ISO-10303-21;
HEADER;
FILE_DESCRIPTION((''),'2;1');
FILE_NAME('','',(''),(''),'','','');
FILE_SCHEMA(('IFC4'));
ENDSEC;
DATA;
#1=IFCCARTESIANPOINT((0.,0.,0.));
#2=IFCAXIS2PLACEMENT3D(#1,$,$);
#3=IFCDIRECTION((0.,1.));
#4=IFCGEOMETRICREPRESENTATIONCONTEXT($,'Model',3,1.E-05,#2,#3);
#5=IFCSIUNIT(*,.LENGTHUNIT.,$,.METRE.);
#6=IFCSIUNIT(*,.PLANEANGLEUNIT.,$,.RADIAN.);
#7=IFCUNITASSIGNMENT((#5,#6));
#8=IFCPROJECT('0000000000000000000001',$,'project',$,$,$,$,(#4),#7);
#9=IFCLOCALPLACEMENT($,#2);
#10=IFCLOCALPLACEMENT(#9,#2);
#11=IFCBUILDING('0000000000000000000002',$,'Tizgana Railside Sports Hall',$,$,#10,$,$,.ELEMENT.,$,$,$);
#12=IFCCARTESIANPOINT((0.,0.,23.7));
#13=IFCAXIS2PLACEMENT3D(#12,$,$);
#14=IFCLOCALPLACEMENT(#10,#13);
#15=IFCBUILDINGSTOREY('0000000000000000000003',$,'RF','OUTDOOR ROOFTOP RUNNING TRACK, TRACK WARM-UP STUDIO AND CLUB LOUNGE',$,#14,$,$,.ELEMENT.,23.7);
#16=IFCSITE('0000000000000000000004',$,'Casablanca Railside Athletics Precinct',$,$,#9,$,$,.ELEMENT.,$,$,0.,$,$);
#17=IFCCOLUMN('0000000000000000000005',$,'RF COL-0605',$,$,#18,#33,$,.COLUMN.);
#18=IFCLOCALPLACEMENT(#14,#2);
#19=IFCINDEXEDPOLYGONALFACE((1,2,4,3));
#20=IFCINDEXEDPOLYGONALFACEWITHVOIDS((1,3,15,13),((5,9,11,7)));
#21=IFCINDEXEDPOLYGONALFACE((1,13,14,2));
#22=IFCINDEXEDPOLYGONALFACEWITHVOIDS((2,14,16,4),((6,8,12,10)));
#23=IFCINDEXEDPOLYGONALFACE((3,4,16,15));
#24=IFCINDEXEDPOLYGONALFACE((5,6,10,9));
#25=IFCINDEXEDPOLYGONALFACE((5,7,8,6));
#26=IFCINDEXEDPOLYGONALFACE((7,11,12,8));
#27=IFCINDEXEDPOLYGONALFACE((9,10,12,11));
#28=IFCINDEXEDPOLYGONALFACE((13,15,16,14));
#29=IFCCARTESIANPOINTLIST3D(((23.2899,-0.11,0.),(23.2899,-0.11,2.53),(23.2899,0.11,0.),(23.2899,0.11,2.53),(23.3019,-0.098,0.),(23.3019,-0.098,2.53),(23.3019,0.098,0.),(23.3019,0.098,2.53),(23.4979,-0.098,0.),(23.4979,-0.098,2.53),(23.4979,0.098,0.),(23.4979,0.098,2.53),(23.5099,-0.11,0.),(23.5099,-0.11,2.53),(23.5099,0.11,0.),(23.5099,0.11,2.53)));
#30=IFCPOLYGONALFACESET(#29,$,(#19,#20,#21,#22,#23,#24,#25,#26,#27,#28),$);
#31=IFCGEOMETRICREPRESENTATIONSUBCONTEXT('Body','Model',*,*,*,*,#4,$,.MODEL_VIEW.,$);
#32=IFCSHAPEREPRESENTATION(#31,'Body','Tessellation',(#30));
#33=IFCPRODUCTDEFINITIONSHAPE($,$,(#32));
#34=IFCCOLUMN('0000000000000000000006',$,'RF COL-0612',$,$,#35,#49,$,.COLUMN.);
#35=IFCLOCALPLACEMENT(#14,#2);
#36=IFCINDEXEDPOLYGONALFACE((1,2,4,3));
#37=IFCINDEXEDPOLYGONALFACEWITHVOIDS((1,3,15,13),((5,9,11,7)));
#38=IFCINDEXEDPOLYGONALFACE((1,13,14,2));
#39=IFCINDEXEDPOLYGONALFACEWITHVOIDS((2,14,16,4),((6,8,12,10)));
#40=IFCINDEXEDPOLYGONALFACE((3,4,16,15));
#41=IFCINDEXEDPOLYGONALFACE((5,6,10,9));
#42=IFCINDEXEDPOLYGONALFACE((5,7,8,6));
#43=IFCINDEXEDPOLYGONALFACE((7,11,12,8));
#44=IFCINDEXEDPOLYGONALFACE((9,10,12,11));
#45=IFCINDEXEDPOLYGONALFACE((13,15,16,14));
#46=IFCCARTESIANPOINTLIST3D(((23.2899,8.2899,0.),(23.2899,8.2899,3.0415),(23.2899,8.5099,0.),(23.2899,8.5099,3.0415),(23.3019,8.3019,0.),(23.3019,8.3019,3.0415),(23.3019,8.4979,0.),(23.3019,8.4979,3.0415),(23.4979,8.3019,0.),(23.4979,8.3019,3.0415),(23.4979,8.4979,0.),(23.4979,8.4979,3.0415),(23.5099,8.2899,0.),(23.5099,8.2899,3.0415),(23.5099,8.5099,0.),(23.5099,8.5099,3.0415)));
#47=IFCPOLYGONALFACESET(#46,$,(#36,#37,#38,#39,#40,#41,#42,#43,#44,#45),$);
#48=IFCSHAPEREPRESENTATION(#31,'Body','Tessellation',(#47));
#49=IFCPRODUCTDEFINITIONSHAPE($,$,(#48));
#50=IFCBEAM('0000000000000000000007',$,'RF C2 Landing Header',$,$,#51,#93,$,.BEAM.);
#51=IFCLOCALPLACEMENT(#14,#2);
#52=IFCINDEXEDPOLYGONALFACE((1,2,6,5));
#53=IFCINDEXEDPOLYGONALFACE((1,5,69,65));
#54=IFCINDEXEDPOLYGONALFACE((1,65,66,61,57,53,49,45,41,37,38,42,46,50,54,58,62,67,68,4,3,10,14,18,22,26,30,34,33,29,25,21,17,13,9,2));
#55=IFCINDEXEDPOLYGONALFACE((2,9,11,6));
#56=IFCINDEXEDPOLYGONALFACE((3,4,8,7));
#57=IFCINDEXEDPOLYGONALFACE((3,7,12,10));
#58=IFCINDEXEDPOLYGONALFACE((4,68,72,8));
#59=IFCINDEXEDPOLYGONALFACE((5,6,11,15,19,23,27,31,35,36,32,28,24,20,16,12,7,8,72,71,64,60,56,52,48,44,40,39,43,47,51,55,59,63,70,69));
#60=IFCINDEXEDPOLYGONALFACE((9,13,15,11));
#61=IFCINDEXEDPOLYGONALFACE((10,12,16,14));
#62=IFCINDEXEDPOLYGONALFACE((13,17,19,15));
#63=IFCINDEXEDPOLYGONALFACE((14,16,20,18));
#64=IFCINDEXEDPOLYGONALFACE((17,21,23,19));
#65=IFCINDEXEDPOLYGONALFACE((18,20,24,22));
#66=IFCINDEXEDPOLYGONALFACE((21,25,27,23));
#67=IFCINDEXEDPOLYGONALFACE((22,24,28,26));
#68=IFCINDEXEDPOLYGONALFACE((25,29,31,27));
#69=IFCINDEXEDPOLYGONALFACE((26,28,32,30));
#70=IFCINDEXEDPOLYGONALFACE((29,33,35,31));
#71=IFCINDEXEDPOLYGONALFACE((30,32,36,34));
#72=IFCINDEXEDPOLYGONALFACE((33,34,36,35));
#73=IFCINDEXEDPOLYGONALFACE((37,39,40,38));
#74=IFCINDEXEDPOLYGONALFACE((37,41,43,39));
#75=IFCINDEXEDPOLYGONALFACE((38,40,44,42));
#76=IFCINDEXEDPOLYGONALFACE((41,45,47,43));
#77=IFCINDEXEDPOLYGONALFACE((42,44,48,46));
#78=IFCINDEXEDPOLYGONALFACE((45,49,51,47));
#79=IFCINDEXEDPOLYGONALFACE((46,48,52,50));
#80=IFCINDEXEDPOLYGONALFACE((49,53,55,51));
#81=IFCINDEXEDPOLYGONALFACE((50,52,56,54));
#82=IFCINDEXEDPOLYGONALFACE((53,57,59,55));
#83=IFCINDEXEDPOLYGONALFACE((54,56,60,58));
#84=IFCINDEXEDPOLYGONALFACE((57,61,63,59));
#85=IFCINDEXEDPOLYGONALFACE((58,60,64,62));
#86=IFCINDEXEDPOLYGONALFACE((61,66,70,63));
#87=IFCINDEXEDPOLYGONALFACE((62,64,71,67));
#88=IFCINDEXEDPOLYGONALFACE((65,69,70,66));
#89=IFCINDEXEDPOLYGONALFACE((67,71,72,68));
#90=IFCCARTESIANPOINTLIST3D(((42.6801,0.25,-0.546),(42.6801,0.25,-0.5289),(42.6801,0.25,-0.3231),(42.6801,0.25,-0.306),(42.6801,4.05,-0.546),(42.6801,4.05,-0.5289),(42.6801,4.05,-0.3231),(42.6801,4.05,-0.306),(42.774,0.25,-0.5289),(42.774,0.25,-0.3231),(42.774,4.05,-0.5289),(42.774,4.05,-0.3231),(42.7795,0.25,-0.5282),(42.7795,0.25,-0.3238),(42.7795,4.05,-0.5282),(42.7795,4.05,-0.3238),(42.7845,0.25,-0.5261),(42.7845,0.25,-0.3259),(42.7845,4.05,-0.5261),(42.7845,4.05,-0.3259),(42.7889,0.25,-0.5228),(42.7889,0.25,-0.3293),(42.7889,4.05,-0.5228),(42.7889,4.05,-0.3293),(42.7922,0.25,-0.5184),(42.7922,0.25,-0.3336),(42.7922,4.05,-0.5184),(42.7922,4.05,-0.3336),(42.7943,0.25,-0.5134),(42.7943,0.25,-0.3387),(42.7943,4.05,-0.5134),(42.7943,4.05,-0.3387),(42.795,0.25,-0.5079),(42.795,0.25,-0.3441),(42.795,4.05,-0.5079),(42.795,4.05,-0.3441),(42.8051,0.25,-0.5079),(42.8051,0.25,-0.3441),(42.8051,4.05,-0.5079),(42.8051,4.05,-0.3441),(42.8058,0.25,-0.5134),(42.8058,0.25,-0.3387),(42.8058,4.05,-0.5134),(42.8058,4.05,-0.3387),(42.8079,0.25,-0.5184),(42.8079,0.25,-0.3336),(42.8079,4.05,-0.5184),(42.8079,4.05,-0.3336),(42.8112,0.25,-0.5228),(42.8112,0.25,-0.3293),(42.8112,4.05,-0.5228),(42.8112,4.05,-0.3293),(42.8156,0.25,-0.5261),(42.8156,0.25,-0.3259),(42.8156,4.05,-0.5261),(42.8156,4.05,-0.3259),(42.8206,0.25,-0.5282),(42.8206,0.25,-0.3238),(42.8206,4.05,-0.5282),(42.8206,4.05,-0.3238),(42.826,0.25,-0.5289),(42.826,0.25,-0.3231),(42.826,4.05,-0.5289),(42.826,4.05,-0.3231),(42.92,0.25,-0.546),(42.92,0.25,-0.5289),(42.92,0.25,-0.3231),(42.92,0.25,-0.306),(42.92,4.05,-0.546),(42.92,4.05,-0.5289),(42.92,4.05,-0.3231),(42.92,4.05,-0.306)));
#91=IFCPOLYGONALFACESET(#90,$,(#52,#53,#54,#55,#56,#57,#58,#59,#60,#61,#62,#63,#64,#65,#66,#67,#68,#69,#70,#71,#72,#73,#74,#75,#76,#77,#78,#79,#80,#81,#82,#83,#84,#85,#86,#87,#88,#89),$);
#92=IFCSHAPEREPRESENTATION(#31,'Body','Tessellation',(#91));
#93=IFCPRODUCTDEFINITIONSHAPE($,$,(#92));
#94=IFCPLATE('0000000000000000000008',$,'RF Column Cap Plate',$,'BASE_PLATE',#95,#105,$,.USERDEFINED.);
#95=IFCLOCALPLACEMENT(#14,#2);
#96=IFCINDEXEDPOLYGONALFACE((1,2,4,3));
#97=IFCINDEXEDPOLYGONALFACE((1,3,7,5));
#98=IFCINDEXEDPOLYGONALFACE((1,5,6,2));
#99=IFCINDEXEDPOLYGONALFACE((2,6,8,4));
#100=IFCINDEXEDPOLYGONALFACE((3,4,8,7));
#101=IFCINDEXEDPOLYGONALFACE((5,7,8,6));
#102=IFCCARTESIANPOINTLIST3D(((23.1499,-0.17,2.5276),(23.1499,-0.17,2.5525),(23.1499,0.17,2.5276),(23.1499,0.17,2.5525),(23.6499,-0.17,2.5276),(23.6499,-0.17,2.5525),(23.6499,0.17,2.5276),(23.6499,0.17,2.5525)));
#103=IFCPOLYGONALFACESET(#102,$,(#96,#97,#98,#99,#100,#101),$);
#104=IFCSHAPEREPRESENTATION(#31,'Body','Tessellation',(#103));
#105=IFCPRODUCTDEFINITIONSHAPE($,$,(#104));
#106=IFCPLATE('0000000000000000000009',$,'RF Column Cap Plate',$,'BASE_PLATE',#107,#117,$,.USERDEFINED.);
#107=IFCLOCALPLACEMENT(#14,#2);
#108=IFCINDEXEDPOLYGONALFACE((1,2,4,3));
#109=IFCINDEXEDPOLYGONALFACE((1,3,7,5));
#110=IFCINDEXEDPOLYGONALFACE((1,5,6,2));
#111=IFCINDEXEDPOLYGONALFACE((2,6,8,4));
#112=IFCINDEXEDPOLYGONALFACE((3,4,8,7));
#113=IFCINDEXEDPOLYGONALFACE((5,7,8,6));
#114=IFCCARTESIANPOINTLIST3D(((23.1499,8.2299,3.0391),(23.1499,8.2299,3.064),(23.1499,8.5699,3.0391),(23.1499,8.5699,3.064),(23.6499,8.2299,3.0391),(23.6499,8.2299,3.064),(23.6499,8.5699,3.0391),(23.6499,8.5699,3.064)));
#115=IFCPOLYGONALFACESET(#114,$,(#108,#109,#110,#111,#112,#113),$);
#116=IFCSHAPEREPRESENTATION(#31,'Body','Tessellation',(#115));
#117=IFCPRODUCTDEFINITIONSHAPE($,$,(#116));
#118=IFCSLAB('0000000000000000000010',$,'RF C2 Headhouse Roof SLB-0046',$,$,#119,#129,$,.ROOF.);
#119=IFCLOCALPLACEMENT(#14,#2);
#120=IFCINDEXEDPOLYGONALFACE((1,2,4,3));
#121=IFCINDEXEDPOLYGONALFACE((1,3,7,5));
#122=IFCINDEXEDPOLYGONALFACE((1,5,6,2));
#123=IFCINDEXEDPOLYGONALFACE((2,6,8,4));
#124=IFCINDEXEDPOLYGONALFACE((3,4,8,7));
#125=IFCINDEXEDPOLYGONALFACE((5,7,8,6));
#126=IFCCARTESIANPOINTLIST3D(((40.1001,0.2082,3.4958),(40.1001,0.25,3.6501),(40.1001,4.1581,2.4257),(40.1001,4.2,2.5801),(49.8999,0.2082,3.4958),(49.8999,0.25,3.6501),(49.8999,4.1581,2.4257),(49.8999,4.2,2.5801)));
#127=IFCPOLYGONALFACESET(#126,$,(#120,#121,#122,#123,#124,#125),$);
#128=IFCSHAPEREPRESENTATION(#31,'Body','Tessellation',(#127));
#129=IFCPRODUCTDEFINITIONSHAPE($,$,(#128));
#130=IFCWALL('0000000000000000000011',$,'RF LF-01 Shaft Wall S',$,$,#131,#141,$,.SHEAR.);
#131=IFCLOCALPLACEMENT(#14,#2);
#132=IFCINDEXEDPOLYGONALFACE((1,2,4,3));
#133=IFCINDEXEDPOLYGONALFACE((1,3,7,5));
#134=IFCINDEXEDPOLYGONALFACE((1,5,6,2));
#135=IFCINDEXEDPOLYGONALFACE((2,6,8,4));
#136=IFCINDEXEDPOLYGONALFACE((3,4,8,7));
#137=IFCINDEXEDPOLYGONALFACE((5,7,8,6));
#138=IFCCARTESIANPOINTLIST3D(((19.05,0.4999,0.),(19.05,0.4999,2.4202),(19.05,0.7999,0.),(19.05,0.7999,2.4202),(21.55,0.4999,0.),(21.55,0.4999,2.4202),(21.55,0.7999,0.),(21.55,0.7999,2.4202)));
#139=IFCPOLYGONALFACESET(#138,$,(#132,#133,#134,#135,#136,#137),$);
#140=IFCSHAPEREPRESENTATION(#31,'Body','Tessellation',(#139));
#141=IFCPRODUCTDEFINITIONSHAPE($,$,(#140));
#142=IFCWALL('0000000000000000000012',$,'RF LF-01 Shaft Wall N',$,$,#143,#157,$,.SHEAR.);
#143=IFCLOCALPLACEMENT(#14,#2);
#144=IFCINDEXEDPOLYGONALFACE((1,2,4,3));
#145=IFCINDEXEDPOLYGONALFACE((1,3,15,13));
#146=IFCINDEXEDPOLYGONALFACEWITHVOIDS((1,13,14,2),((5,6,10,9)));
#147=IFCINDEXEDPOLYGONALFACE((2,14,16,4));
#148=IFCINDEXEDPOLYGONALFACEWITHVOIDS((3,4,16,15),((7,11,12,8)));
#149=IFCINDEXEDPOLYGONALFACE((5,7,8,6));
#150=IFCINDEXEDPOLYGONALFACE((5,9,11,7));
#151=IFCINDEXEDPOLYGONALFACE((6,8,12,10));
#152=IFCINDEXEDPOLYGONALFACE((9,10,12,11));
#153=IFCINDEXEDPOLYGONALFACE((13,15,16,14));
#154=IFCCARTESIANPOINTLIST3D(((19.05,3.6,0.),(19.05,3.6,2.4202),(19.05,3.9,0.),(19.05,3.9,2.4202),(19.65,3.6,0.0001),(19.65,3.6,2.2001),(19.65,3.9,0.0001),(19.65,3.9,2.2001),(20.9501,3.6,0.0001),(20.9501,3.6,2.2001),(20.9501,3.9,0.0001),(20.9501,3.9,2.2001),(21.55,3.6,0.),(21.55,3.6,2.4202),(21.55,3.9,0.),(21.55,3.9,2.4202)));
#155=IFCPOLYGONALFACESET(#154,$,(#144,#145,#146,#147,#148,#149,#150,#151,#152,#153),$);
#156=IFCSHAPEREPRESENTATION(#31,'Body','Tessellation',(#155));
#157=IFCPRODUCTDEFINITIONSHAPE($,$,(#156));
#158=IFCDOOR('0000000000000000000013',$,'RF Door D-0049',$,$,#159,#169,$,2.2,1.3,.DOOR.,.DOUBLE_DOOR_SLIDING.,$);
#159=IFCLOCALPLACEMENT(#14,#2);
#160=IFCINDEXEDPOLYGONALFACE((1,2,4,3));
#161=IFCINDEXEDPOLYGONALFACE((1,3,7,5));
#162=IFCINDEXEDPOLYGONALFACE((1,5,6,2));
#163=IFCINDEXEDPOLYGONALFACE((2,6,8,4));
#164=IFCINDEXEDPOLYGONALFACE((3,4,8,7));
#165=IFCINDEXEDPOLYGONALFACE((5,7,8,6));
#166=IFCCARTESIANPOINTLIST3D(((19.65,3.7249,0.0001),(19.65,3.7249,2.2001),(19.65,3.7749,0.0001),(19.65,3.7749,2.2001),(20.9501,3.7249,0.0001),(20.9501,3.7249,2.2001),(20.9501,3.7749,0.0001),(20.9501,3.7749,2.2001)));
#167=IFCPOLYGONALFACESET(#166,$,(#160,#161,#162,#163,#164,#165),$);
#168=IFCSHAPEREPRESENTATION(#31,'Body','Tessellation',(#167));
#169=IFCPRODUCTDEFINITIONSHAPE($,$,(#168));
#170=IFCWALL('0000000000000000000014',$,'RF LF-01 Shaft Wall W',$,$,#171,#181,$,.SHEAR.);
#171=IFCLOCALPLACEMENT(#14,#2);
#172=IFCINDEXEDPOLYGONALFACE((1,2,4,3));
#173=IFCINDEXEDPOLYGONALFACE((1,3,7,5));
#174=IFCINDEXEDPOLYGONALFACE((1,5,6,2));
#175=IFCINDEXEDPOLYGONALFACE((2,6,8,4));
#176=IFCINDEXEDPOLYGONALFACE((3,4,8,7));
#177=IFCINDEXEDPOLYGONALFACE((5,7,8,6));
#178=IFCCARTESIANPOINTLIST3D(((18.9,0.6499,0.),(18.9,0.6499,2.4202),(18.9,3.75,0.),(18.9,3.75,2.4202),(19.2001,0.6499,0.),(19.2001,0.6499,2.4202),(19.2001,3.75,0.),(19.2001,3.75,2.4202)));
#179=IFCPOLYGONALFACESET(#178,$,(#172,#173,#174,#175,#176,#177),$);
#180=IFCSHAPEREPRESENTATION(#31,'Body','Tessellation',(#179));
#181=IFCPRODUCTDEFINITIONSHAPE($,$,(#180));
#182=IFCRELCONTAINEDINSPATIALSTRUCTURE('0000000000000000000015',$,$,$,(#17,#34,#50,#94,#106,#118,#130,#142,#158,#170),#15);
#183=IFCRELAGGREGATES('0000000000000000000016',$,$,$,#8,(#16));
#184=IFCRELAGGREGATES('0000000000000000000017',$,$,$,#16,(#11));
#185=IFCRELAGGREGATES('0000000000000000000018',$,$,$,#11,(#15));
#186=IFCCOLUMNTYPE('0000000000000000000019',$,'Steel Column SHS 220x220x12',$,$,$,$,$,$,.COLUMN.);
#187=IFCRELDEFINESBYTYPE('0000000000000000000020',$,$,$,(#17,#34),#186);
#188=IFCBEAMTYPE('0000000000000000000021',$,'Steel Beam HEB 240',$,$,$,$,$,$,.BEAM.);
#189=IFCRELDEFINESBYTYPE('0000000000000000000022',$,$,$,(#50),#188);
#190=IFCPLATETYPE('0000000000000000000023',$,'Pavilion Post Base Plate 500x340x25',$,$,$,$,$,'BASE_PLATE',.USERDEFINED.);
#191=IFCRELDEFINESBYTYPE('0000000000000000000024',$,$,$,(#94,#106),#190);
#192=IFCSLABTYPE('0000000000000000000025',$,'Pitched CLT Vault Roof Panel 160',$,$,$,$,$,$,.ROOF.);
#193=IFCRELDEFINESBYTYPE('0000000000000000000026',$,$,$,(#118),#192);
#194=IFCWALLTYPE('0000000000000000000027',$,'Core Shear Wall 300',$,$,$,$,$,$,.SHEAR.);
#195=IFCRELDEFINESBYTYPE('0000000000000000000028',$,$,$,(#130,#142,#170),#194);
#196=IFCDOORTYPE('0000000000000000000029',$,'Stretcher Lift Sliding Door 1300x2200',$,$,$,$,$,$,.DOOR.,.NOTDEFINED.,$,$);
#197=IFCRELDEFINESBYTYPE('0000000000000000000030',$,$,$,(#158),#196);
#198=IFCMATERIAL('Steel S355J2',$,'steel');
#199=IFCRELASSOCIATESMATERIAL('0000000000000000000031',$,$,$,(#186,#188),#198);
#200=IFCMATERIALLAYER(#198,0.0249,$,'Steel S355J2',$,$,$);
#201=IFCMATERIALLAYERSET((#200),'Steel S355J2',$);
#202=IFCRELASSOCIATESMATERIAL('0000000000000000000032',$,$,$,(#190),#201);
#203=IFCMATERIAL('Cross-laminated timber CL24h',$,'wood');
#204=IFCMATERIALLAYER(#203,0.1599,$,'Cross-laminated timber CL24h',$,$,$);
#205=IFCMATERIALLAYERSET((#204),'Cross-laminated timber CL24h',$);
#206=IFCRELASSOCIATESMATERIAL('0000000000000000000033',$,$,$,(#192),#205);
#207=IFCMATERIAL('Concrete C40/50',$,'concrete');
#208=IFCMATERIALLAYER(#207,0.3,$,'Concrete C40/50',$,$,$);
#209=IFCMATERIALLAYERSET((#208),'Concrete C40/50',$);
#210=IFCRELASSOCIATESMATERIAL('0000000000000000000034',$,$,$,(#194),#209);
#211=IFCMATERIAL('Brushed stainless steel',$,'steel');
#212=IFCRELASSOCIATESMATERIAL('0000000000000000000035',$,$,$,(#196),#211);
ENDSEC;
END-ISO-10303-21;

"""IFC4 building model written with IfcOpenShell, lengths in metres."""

from ifc_helpers import new_model, si_unit, direction, frame, frame_2d, origin, origin_2d, place, context, subcontext, project, spatial, polyline, rectangle, hollow_rectangle, i_section, outline, extrude, material, layer, layer_set, material_profile, profile_set, type_object, element, fill, save


model = new_model("IFC4")

# Units and contexts
model_context = context("Model", 3, precision=1e-05, world=origin(), true_north=direction((0.0, 1.0)))
body_context = subcontext(model_context, "Body", "Model", "MODEL_VIEW")
ifc_project = project(units=[si_unit("LENGTHUNIT", "METRE"), si_unit("PLANEANGLEUNIT", "RADIAN")], contexts=[model_context])

# Site, building, storey
site_placement = place(None, origin())
site = spatial("IfcSite", under=ifc_project, at=site_placement, Name="Casablanca Railside Athletics Precinct", CompositionType="ELEMENT", RefElevation=0.0)
building_placement = place(site_placement, origin())
building = spatial("IfcBuilding", under=site, at=building_placement, Name="Tizgana Railside Sports Hall", CompositionType="ELEMENT")
storey_placement = place(building_placement, frame((0.0, 0.0, 23.7)))
storey = spatial("IfcBuildingStorey", under=building, at=storey_placement, Name="RF", Description="OUTDOOR ROOFTOP RUNNING TRACK, TRACK WARM-UP STUDIO AND CLUB LOUNGE", CompositionType="ELEMENT", Elevation=23.7)

# Columns
ifc_material_1 = material(Name="Steel S355J2", Category="steel")
ifc_material_profile_1 = material_profile(ifc_material_1, hollow_rectangle(XDim=0.22, YDim=0.22, WallThickness=0.012, at=origin_2d()), Name="SHS 220x220x12")
ifc_profile_set_1 = profile_set([ifc_material_profile_1], Name="Steel S355J2")
column_type = type_object("IfcColumnType", Name="Steel Column SHS 220x220x12", PredefinedType="COLUMN", material=ifc_profile_set_1)
column_1_placement = place(storey_placement, frame((23.3999, 0.0, 0.0), z_axis=(0.0, 0.0, 1.0), x_axis=(1.0, 0.0, 0.0)))
element("IfcColumn", 1, at=column_1_placement, inside=storey, type_object=column_type, Name="RF COL-0605", PredefinedType="COLUMN", context=body_context, shape_type="SweptSolid", body=[
    extrude(hollow_rectangle(XDim=0.22, YDim=0.22, WallThickness=0.012, at=origin_2d()), origin(), (0.0, 0.0, 1.0), 2.53),
])
column_2_placement = place(storey_placement, frame((23.3999, 8.3999, 0.0), z_axis=(0.0, 0.0, 1.0), x_axis=(1.0, 0.0, 0.0)))
element("IfcColumn", 2, at=column_2_placement, inside=storey, type_object=column_type, Name="RF COL-0612", PredefinedType="COLUMN", context=body_context, shape_type="SweptSolid", body=[
    extrude(hollow_rectangle(XDim=0.22, YDim=0.22, WallThickness=0.012, at=origin_2d()), origin(), (0.0, 0.0, 1.0), 3.0415),
])

# Beam
ifc_material_profile_2 = material_profile(ifc_material_1, i_section(OverallWidth=0.24, OverallDepth=0.24, WebThickness=0.01, FlangeThickness=0.0171, FilletRadius=0.021, at=origin_2d()), Name="HEB 240")
ifc_profile_set_2 = profile_set([ifc_material_profile_2], Name="Steel S355J2")
beam_type = type_object("IfcBeamType", Name="Steel Beam HEB 240", PredefinedType="BEAM", material=ifc_profile_set_2)
beam_placement = place(storey_placement, frame((42.8, 0.25, -0.426), z_axis=(0.0, 1.0, 0.0), x_axis=(-1.0, 0.0, 0.0)))
element("IfcBeam", 3, at=beam_placement, inside=storey, type_object=beam_type, Name="RF C2 Landing Header", PredefinedType="BEAM", context=body_context, shape_type="SweptSolid", body=[
    extrude(i_section(OverallWidth=0.24, OverallDepth=0.24, WebThickness=0.01, FlangeThickness=0.0171, FilletRadius=0.021, at=origin_2d()), origin(), (0.0, 0.0, 1.0), 3.8),
])

# Plates
ifc_layer_1 = layer(ifc_material_1, 0.0249, Name="Steel S355J2")
ifc_layer_set_1 = layer_set([ifc_layer_1], Name="Steel S355J2")
plate_type = type_object("IfcPlateType", Name="Pavilion Post Base Plate 500x340x25", ElementType="BASE_PLATE", PredefinedType="USERDEFINED", material=ifc_layer_set_1)
for number, where, z_axis, x_axis, name in (
    (4, (23.3999, 0.0, 2.5276), (0.0, 0.0, 1.0), (1.0, 0.0, 0.0), "RF Column Cap Plate"),
    (5, (23.3999, 8.3999, 3.0391), (0.0, 0.0, 1.0), (1.0, 0.0, 0.0), "RF Column Cap Plate"),
):
    element("IfcPlate", number, at=place(storey_placement, frame(where, z_axis=z_axis, x_axis=x_axis)), inside=storey, type_object=plate_type, Name=name, ObjectType="BASE_PLATE", PredefinedType="USERDEFINED", context=body_context, shape_type="SweptSolid", body=[
        extrude(rectangle(XDim=0.5, YDim=0.3401, at=origin_2d()), origin(), (0.0, 0.0, 1.0), 0.0249),
    ])

# Slab
ifc_material_2 = material(Name="Cross-laminated timber CL24h", Category="wood")
ifc_layer_2 = layer(ifc_material_2, 0.1599, Name="Cross-laminated timber CL24h")
ifc_layer_set_2 = layer_set([ifc_layer_2], Name="Cross-laminated timber CL24h")
slab_type = type_object("IfcSlabType", Name="Pitched CLT Vault Roof Panel 160", PredefinedType="ROOF", material=ifc_layer_set_2)
slab_placement = place(storey_placement, frame((40.1001, 0.25, 3.6501), z_axis=(0.0, 0.261481, 0.965208), x_axis=(1.0, 0.0, 0.0)))
element("IfcSlab", 6, at=slab_placement, inside=storey, type_object=slab_type, Name="RF C2 Headhouse Roof SLB-0046", PredefinedType="ROOF", context=body_context, shape_type="SweptSolid", body=[
    extrude(outline(polyline([(0.0, 0.0), (9.7998, 0.0), (9.7998, 4.0923), (0.0, 4.0923), (0.0, 0.0)])), origin(), (0.0, 0.0, -1.0), 0.1599),
])

# Wall
ifc_material_3 = material(Name="Concrete C40/50", Category="concrete")
ifc_layer_3 = layer(ifc_material_3, 0.3, Name="Concrete C40/50")
ifc_layer_set_3 = layer_set([ifc_layer_3], Name="Concrete C40/50")
wall_type_1 = type_object("IfcWallType", Name="Core Shear Wall 300", PredefinedType="SHEAR", material=ifc_layer_set_3)
wall_1_placement = place(storey_placement, frame((19.05, 0.6499, 0.0), z_axis=(0.0, 0.0, 1.0), x_axis=(1.0, 0.0, 0.0)))
element("IfcWall", 7, at=wall_1_placement, inside=storey, type_object=wall_type_1, Name="RF LF-01 Shaft Wall S", PredefinedType="SHEAR", context=body_context, shape_type="SweptSolid", body=[
    extrude(rectangle(XDim=2.5, YDim=0.3, at=frame_2d((1.25, 0.0))), origin(), (0.0, 0.0, 1.0), 2.4202),
])

# Wall, opening, door
wall_2_placement = place(storey_placement, frame((19.05, 3.75, 0.0), z_axis=(0.0, 0.0, 1.0), x_axis=(1.0, 0.0, 0.0)))
wall_2 = element("IfcWall", 8, at=wall_2_placement, inside=storey, type_object=wall_type_1, Name="RF LF-01 Shaft Wall N", PredefinedType="SHEAR", context=body_context, shape_type="SweptSolid", body=[
    extrude(rectangle(XDim=2.5, YDim=0.3, at=frame_2d((1.25, 0.0))), origin(), (0.0, 0.0, 1.0), 2.4202),
])
opening_1_placement = place(wall_2_placement, frame((0.6001, 0.0, 0.0)))
opening_1 = element("IfcOpeningElement", 9, at=opening_1_placement, cuts=wall_2, PredefinedType="OPENING", context=body_context, shape_type="SweptSolid", body=[
    extrude(rectangle(XDim=1.3, YDim=2.2, at=frame_2d((0.6499, 1.1001))), frame((0.0, 0.1599, 0.0), z_axis=(0.0, -1.0, 0.0), x_axis=(1.0, 0.0, 0.0)), (0.0, 0.0, 1.0), 0.3201),
])
ifc_material_4 = material(Name="Brushed stainless steel", Category="steel")
door_type_1 = type_object("IfcDoorType", Name="Stretcher Lift Sliding Door 1300x2200", OperationType="NOTDEFINED", PredefinedType="DOOR", material=ifc_material_4)
door_1_placement = place(opening_1_placement, origin())
door_1 = element("IfcDoor", 10, at=door_1_placement, inside=storey, type_object=door_type_1, Name="RF Door D-0049", OperationType="DOUBLE_DOOR_SLIDING", OverallHeight=2.2, OverallWidth=1.3, PredefinedType="DOOR", context=body_context, shape_type="SweptSolid", body=[
    extrude(rectangle(XDim=1.3, YDim=2.2, at=frame_2d((0.6499, 1.1001))), frame((0.0, 0.0249, 0.0), z_axis=(0.0, -1.0, 0.0), x_axis=(1.0, 0.0, 0.0)), (0.0, 0.0, 1.0), 0.05),
])
fill(opening_1, door_1)

# Wall
for number, where, z_axis, x_axis, name in (
    (11, (19.05, 0.6499, 0.0), (0.0, 0.0, 1.0), (0.0, 1.0, 0.0), "RF LF-01 Shaft Wall W"),
):
    element("IfcWall", number, at=place(storey_placement, frame(where, z_axis=z_axis, x_axis=x_axis)), inside=storey, type_object=wall_type_1, Name=name, PredefinedType="SHEAR", context=body_context, shape_type="SweptSolid", body=[
        extrude(rectangle(XDim=3.1001, YDim=0.3, at=frame_2d((1.55, 0.0))), origin(), (0.0, 0.0, 1.0), 2.4202),
    ])

save(model, "model.ifc")
